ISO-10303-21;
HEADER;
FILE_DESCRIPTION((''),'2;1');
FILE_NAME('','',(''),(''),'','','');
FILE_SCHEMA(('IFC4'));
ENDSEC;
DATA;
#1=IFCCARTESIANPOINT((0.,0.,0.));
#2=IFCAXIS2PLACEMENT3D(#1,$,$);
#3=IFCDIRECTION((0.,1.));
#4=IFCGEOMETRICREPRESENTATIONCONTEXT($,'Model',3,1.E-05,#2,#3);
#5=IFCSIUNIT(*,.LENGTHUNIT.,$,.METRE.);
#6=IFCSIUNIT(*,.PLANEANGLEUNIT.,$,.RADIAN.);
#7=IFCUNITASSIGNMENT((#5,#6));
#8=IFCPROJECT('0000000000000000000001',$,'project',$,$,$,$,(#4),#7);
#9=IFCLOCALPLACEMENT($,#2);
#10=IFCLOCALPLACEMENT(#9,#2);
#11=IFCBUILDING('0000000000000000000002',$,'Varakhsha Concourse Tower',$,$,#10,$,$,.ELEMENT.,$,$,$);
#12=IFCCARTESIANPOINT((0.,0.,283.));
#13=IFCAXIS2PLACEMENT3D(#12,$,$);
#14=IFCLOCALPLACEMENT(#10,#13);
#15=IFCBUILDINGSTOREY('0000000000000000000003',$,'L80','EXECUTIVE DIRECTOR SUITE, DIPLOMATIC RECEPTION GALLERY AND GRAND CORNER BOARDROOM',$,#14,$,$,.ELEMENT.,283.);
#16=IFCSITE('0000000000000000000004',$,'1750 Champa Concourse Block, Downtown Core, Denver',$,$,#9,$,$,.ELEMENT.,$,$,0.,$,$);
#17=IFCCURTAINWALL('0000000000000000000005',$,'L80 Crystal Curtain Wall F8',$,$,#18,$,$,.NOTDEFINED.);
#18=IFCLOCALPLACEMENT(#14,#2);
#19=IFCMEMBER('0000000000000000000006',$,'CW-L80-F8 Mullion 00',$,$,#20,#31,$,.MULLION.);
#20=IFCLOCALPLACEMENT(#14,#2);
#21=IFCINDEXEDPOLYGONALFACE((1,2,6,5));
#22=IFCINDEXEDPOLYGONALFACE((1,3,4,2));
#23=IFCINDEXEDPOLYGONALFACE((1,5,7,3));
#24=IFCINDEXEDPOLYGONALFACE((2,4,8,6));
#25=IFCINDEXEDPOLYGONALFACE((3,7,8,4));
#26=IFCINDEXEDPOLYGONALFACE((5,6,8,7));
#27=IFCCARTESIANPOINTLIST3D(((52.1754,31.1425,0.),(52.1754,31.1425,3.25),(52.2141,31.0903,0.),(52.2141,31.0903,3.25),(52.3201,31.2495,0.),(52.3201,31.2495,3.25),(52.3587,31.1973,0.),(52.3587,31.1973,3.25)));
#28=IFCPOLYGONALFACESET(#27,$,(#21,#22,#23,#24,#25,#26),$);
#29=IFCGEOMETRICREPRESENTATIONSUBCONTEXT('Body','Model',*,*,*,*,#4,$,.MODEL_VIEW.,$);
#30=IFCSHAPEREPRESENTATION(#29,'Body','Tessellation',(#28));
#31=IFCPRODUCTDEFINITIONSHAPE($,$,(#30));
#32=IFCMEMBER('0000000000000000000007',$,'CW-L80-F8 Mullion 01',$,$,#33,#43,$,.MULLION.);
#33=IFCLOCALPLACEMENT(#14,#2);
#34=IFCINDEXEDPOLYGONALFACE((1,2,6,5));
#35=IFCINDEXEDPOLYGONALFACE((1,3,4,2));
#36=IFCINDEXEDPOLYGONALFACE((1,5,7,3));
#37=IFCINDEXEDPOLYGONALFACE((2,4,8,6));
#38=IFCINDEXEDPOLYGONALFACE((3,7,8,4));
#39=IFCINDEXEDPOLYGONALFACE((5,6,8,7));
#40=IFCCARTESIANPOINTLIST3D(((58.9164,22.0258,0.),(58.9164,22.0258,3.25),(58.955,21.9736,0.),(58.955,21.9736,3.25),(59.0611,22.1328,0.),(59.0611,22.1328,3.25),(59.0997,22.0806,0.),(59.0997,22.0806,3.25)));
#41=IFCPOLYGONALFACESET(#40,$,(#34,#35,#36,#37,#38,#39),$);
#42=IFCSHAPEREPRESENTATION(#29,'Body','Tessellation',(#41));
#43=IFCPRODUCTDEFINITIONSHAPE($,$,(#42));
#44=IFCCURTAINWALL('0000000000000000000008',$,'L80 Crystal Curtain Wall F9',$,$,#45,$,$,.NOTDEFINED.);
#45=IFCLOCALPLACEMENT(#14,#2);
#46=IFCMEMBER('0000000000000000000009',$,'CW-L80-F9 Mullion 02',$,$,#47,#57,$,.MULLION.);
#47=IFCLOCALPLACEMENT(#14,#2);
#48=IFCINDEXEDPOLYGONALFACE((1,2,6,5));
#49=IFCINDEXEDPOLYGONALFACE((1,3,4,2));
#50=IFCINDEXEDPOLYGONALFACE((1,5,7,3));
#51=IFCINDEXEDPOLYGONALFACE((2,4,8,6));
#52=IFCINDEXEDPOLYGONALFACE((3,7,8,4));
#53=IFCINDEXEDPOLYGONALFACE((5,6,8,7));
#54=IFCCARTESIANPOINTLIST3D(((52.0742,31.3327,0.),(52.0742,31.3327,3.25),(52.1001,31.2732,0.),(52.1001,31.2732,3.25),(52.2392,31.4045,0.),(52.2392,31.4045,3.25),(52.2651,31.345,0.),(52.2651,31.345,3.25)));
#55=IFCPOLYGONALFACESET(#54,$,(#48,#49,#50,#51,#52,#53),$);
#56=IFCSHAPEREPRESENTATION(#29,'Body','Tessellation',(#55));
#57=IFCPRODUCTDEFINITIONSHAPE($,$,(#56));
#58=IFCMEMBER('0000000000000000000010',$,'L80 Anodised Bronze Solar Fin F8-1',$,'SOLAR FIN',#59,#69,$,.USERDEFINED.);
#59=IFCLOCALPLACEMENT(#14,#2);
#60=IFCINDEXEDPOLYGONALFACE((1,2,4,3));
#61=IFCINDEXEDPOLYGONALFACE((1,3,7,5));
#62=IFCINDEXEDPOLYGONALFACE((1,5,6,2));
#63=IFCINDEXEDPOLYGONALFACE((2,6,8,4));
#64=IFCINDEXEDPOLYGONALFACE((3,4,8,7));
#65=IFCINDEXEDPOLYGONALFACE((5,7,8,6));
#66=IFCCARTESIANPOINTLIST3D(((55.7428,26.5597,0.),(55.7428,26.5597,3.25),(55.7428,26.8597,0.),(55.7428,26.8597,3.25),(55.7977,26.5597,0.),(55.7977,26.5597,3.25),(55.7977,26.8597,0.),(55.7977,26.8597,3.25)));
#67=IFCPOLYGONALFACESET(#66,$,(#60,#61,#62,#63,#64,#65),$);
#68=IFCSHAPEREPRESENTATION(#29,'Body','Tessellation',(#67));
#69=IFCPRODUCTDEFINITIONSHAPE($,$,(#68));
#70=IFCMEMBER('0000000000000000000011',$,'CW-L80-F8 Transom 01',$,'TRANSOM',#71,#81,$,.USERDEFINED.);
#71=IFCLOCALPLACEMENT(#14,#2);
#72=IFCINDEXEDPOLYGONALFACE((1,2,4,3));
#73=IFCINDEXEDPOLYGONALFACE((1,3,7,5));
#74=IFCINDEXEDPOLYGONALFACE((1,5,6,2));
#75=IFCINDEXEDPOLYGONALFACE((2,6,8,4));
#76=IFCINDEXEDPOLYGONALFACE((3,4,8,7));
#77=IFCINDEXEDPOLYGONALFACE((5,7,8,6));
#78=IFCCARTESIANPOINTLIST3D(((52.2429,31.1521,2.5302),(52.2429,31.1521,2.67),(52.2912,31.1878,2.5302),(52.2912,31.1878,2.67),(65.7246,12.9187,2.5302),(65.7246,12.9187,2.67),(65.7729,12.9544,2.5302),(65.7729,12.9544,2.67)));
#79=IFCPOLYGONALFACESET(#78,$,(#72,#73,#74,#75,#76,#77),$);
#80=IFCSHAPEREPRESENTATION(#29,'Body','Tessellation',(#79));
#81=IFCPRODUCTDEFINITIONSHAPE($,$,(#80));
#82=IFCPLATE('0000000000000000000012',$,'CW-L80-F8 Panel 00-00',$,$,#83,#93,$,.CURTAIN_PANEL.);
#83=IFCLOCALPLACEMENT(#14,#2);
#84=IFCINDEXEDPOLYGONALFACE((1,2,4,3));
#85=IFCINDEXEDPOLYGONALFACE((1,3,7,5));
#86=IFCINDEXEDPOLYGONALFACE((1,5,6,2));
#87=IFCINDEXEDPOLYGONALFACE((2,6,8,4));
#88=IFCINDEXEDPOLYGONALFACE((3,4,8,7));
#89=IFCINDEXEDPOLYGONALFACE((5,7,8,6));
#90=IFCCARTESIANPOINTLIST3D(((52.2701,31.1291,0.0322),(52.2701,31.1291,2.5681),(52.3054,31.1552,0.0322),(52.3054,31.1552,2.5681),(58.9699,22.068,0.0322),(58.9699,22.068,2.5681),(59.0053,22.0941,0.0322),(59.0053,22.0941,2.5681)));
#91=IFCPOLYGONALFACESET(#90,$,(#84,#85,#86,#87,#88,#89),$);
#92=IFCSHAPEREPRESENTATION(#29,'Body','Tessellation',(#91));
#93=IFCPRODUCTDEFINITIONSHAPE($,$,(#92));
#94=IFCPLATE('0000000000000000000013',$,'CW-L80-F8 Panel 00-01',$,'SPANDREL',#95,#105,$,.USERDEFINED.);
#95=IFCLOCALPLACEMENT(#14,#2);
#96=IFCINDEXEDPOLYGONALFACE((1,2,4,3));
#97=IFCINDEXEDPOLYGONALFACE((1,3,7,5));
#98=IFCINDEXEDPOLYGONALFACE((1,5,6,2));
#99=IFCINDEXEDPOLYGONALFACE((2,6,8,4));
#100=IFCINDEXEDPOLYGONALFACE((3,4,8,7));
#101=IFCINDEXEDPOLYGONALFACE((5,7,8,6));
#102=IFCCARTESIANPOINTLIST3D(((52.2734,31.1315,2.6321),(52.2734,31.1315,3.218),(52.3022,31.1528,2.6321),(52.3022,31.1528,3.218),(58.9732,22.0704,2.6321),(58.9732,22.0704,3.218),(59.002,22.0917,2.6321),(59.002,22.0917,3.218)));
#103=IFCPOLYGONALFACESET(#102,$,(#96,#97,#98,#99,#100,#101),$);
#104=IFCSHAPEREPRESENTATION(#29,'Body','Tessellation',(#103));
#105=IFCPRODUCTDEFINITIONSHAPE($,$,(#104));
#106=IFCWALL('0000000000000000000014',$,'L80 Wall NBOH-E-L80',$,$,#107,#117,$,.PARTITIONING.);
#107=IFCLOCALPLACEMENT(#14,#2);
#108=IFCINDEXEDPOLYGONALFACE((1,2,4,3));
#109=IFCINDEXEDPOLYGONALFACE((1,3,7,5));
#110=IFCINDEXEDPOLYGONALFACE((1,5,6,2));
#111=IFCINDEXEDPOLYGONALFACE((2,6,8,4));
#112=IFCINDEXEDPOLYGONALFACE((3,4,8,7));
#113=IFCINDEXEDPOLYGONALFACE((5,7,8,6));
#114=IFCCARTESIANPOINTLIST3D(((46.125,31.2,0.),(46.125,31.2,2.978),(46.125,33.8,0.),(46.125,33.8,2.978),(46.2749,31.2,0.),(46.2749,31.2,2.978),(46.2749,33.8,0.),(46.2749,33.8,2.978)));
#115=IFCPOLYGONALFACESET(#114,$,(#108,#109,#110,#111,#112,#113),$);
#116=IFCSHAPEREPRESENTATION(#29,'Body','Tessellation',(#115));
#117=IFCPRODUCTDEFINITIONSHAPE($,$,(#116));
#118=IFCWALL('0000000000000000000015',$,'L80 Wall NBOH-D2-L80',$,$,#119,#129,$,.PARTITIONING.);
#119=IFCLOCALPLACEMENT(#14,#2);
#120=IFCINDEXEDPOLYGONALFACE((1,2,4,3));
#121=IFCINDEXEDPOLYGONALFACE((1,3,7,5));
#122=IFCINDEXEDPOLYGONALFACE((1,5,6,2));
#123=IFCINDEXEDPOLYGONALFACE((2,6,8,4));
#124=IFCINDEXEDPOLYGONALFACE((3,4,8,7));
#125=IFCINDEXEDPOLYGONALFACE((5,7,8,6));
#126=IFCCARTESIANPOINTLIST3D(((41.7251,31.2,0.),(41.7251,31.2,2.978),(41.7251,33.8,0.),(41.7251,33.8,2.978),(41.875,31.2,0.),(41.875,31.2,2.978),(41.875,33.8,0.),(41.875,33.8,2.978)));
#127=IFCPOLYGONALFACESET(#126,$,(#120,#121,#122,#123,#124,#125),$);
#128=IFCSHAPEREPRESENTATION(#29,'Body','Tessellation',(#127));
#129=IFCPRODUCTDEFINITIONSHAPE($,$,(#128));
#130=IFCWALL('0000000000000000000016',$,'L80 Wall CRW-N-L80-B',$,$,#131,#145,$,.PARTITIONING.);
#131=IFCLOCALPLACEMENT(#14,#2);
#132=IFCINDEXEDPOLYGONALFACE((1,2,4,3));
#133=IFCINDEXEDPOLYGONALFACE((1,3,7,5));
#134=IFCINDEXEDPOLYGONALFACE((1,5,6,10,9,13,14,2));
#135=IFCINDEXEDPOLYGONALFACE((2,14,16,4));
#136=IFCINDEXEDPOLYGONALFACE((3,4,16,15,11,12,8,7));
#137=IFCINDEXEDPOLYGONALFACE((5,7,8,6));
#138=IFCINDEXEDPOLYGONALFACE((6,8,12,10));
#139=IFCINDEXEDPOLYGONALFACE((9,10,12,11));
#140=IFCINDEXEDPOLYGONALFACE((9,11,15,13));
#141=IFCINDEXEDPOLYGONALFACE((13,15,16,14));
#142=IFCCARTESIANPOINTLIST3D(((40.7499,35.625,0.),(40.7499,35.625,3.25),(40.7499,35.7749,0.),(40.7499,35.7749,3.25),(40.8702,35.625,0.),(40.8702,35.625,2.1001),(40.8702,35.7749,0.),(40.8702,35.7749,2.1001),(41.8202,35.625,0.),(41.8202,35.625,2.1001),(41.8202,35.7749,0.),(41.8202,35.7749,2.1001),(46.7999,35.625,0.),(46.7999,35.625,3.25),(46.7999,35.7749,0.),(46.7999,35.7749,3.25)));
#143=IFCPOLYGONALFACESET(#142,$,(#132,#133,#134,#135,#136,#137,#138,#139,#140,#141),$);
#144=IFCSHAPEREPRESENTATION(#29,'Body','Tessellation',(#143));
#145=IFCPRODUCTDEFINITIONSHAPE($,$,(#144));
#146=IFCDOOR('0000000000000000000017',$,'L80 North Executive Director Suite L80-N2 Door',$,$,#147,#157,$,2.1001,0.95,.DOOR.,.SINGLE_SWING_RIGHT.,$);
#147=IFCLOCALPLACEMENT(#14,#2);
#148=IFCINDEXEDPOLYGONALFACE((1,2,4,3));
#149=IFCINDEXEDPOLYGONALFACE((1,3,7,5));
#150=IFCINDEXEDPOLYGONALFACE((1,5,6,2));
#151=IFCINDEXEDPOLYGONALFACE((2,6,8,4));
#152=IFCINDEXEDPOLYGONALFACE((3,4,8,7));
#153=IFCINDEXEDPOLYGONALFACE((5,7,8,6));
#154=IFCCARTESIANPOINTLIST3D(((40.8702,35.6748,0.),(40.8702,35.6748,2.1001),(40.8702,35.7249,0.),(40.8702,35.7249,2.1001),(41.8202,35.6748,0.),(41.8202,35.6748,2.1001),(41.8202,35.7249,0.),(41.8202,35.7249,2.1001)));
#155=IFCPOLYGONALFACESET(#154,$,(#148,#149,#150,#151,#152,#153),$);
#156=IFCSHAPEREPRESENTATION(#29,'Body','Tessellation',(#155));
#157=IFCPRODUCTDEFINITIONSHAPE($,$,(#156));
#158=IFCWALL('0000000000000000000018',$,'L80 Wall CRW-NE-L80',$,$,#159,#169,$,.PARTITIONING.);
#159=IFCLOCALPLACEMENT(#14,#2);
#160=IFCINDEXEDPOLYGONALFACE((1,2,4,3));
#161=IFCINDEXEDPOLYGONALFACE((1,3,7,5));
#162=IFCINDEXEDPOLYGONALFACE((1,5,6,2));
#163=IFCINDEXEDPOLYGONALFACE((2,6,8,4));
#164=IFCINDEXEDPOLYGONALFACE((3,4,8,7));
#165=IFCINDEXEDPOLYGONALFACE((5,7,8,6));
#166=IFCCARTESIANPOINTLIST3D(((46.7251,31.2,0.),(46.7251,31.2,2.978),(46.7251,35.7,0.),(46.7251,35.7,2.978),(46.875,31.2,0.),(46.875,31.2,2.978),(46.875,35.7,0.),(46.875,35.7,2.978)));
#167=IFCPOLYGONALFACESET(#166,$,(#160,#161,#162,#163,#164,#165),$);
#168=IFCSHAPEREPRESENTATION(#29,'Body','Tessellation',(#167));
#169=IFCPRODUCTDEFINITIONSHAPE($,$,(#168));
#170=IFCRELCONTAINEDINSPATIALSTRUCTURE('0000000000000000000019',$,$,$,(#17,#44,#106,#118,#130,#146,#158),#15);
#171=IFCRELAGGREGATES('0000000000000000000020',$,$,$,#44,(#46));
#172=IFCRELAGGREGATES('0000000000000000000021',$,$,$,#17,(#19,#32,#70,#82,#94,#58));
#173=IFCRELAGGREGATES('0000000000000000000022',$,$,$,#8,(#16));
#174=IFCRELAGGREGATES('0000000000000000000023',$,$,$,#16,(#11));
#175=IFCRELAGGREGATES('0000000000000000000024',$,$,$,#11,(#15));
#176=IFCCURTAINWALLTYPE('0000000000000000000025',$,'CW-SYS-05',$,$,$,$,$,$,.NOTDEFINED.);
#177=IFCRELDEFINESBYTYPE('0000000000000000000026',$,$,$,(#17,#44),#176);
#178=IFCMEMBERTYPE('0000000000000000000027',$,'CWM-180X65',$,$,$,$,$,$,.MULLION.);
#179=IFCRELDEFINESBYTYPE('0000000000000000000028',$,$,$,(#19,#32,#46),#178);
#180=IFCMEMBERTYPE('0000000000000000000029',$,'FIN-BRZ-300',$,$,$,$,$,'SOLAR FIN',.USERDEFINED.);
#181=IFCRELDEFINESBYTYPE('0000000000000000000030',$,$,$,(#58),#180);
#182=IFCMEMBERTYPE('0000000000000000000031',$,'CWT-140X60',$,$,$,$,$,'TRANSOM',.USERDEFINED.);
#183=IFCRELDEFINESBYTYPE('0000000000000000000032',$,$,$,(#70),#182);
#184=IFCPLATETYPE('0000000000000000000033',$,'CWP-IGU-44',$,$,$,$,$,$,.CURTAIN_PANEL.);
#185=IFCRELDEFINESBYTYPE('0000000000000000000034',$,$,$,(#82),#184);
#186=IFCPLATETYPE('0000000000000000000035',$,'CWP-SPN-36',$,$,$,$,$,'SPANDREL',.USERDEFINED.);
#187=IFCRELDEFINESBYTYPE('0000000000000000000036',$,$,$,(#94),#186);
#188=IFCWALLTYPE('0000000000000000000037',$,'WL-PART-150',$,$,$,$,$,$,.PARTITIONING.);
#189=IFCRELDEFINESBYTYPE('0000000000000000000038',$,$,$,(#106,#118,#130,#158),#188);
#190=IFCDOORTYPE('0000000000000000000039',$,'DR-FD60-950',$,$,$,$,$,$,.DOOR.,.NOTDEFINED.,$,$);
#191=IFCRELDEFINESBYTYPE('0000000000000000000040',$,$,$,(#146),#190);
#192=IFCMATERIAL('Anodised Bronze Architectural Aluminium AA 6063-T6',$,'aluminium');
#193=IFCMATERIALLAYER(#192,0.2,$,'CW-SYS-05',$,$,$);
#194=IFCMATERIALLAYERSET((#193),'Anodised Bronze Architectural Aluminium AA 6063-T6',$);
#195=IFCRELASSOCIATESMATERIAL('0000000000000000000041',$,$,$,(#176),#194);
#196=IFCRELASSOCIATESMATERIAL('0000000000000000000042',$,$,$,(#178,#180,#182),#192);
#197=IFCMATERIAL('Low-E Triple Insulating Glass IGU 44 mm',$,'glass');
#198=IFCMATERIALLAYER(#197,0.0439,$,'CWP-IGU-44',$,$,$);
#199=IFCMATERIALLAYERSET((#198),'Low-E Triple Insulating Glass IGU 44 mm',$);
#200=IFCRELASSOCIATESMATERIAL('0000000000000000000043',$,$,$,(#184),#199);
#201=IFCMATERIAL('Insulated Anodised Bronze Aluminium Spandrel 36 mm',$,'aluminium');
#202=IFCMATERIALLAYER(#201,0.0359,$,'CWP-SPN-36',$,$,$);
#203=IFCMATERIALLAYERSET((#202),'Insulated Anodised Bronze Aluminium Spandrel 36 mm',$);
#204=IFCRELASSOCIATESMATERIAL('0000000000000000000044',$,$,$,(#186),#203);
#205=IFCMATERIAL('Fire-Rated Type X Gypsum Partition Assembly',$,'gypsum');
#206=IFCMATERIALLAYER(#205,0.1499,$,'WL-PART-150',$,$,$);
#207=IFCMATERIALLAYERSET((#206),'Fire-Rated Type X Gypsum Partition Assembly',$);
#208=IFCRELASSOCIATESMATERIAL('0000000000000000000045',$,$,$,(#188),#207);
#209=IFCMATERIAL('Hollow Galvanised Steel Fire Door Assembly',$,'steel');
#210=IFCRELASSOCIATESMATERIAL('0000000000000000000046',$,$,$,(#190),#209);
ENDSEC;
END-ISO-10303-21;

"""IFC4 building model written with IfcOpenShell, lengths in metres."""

from ifc_helpers import new_model, si_unit, direction, frame, frame_2d, origin, origin_2d, place, context, subcontext, project, spatial, rectangle, extrude, source, transform, mapped, material, layer, layer_set, material_profile, profile_set, type_object, type_shapes, element, fill, aggregate, save


model = new_model("IFC4")

# Units and contexts
model_context = context("Model", 3, precision=1e-05, world=origin(), true_north=direction((0.0, 1.0)))
body_context = subcontext(model_context, "Body", "Model", "MODEL_VIEW")
ifc_project = project(units=[si_unit("LENGTHUNIT", "METRE"), si_unit("PLANEANGLEUNIT", "RADIAN")], contexts=[model_context])

# Site, building, storey
site_placement = place(None, origin())
site = spatial("IfcSite", under=ifc_project, at=site_placement, Name="1750 Champa Concourse Block, Downtown Core, Denver", CompositionType="ELEMENT", RefElevation=0.0)
building_placement = place(site_placement, origin())
building = spatial("IfcBuilding", under=site, at=building_placement, Name="Varakhsha Concourse Tower", CompositionType="ELEMENT")
storey_placement = place(building_placement, frame((0.0, 0.0, 283.0)))
storey = spatial("IfcBuildingStorey", under=building, at=storey_placement, Name="L80", Description="EXECUTIVE DIRECTOR SUITE, DIPLOMATIC RECEPTION GALLERY AND GRAND CORNER BOARDROOM", CompositionType="ELEMENT", Elevation=283.0)

# Curtain wall, members
ifc_material_1 = material(Name="Anodised Bronze Architectural Aluminium AA 6063-T6", Category="aluminium")
ifc_layer_1 = layer(ifc_material_1, 0.2, Name="CW-SYS-05")
ifc_layer_set_1 = layer_set([ifc_layer_1], Name="Anodised Bronze Architectural Aluminium AA 6063-T6")
curtain_wall_type = type_object("IfcCurtainWallType", Name="CW-SYS-05", PredefinedType="NOTDEFINED", material=ifc_layer_set_1)
curtain_wall_1_placement = place(storey_placement, origin())
curtain_wall_1 = element("IfcCurtainWall", 1, at=curtain_wall_1_placement, inside=storey, type_object=curtain_wall_type, Name="L80 Crystal Curtain Wall F8", PredefinedType="NOTDEFINED")
ifc_material_profile_1 = material_profile(ifc_material_1, rectangle(XDim=0.0649, YDim=0.1799, at=origin_2d()), Name="CWM-180X65")
ifc_profile_set_1 = profile_set([ifc_material_profile_1], Name="Anodised Bronze Architectural Aluminium AA 6063-T6")
member_type_1 = type_object("IfcMemberType", Name="CWM-180X65", PredefinedType="MULLION", material=ifc_profile_set_1)
shared_shape_1 = source(origin(), body_context, "Body", "SweptSolid", [
    extrude(rectangle(XDim=0.0649, YDim=0.1799, at=origin_2d()), origin(), (0.0, 0.0, 1.0), 3.25),
])
type_shapes(member_type_1, [shared_shape_1])
member_1_placement = place(storey_placement, frame((52.2671, 31.1699, 0.0), z_axis=(0.0, 0.0, 1.0), x_axis=(0.594534, -0.804071, 0.0)))
member_1 = element("IfcMember", 2, at=member_1_placement, type_object=member_type_1, Name="CW-L80-F8 Mullion 00", PredefinedType="MULLION", context=body_context, shape_type="MappedRepresentation", body=[
    mapped(shared_shape_1, transform((0.0, 0.0, 0.0), scale=1.0)),
])
member_2_placement = place(storey_placement, frame((59.0081, 22.0532, 0.0), z_axis=(0.0, 0.0, 1.0), x_axis=(0.594534, -0.804071, 0.0)))
member_2 = element("IfcMember", 3, at=member_2_placement, type_object=member_type_1, Name="CW-L80-F8 Mullion 01", PredefinedType="MULLION", context=body_context, shape_type="MappedRepresentation", body=[
    mapped(shared_shape_1, transform((0.0, 0.0, 0.0), scale=1.0)),
])

# Curtain wall, member
curtain_wall_2_placement = place(storey_placement, origin())
curtain_wall_2 = element("IfcCurtainWall", 4, at=curtain_wall_2_placement, inside=storey, type_object=curtain_wall_type, Name="L80 Crystal Curtain Wall F9", PredefinedType="NOTDEFINED")
member_3_placement = place(storey_placement, frame((52.1697, 31.3389, 0.0), z_axis=(0.0, 0.0, 1.0), x_axis=(0.399084, -0.916915, 0.0)))
member_3 = element("IfcMember", 5, at=member_3_placement, type_object=member_type_1, Name="CW-L80-F9 Mullion 02", PredefinedType="MULLION", context=body_context, shape_type="MappedRepresentation", body=[
    mapped(shared_shape_1, transform((0.0, 0.0, 0.0), scale=1.0)),
])
aggregate(curtain_wall_2, [member_3])

# Members
ifc_material_profile_2 = material_profile(ifc_material_1, rectangle(XDim=0.0549, YDim=0.3, at=origin_2d()), Name="FIN-BRZ-300")
ifc_profile_set_2 = profile_set([ifc_material_profile_2], Name="Anodised Bronze Architectural Aluminium AA 6063-T6")
member_type_2 = type_object("IfcMemberType", Name="FIN-BRZ-300", ElementType="SOLAR FIN", PredefinedType="USERDEFINED", material=ifc_profile_set_2)
shared_shape_2 = source(origin(), body_context, "Body", "SweptSolid", [
    extrude(rectangle(XDim=0.0549, YDim=0.3, at=origin_2d()), origin(), (0.0, 0.0, 1.0), 3.25),
])
type_shapes(member_type_2, [shared_shape_2])
member_4_placement = place(storey_placement, frame((55.7703, 26.7097, 0.0), z_axis=(0.0, 0.0, 1.0), x_axis=(1.0, 0.0, 0.0)))
member_4 = element("IfcMember", 6, at=member_4_placement, type_object=member_type_2, Name="L80 Anodised Bronze Solar Fin F8-1", ObjectType="SOLAR FIN", PredefinedType="USERDEFINED", context=body_context, shape_type="MappedRepresentation", body=[
    mapped(shared_shape_2, transform((0.0, 0.0, 0.0), scale=1.0)),
])
ifc_material_profile_3 = material_profile(ifc_material_1, rectangle(XDim=0.0601, YDim=0.1399, at=origin_2d()), Name="CWT-140X60")
ifc_profile_set_3 = profile_set([ifc_material_profile_3], Name="Anodised Bronze Architectural Aluminium AA 6063-T6")
member_type_3 = type_object("IfcMemberType", Name="CWT-140X60", ElementType="TRANSOM", PredefinedType="USERDEFINED", material=ifc_profile_set_3)
shared_shape_3 = source(origin(), body_context, "Body", "SweptSolid", [
    extrude(rectangle(XDim=0.0601, YDim=0.1399, at=origin_2d()), origin(), (0.0, 0.0, 1.0), 22.6763),
])
type_shapes(member_type_3, [shared_shape_3])
member_5_placement = place(storey_placement, frame((52.2671, 31.1699, 2.6001), z_axis=(0.594529, -0.804074, 0.0), x_axis=(0.804074, 0.594529, 0.0)))
member_5 = element("IfcMember", 7, at=member_5_placement, type_object=member_type_3, Name="CW-L80-F8 Transom 01", ObjectType="TRANSOM", PredefinedType="USERDEFINED", context=body_context, shape_type="MappedRepresentation", body=[
    mapped(shared_shape_3, transform((0.0, 0.0, 0.0), scale=1.0)),
])

# Plates
ifc_material_2 = material(Name="Low-E Triple Insulating Glass IGU 44 mm", Category="glass")
ifc_layer_2 = layer(ifc_material_2, 0.0439, Name="CWP-IGU-44")
ifc_layer_set_2 = layer_set([ifc_layer_2], Name="Low-E Triple Insulating Glass IGU 44 mm")
plate_type_1 = type_object("IfcPlateType", Name="CWP-IGU-44", PredefinedType="CURTAIN_PANEL", material=ifc_layer_set_2)
shared_shape_4 = source(origin(), body_context, "Body", "SweptSolid", [
    extrude(rectangle(XDim=11.269, YDim=0.0439, at=origin_2d()), origin(), (0.0, 0.0, 1.0), 2.5359),
])
type_shapes(plate_type_1, [shared_shape_4])
plate_1_placement = place(storey_placement, frame((55.6377, 26.6116, 0.0322), z_axis=(0.0, 0.0, 1.0), x_axis=(0.594534, -0.804071, 0.0)))
plate_1 = element("IfcPlate", 8, at=plate_1_placement, type_object=plate_type_1, Name="CW-L80-F8 Panel 00-00", PredefinedType="CURTAIN_PANEL", context=body_context, shape_type="MappedRepresentation", body=[
    mapped(shared_shape_4, transform((0.0, 0.0, 0.0), scale=1.0)),
])
ifc_material_3 = material(Name="Insulated Anodised Bronze Aluminium Spandrel 36 mm", Category="aluminium")
ifc_layer_3 = layer(ifc_material_3, 0.0359, Name="CWP-SPN-36")
ifc_layer_set_3 = layer_set([ifc_layer_3], Name="Insulated Anodised Bronze Aluminium Spandrel 36 mm")
plate_type_2 = type_object("IfcPlateType", Name="CWP-SPN-36", ElementType="SPANDREL", PredefinedType="USERDEFINED", material=ifc_layer_set_3)
shared_shape_5 = source(origin(), body_context, "Body", "SweptSolid", [
    extrude(rectangle(XDim=11.269, YDim=0.0359, at=origin_2d()), origin(), (0.0, 0.0, 1.0), 0.5859),
])
type_shapes(plate_type_2, [shared_shape_5])
plate_2_placement = place(storey_placement, frame((55.6377, 26.6116, 2.6321), z_axis=(0.0, 0.0, 1.0), x_axis=(0.594534, -0.804071, 0.0)))
plate_2 = element("IfcPlate", 9, at=plate_2_placement, type_object=plate_type_2, Name="CW-L80-F8 Panel 00-01", ObjectType="SPANDREL", PredefinedType="USERDEFINED", context=body_context, shape_type="MappedRepresentation", body=[
    mapped(shared_shape_5, transform((0.0, 0.0, 0.0), scale=1.0)),
])
aggregate(curtain_wall_1, [member_1, member_2, member_5, plate_1, plate_2, member_4])

# Walls
ifc_material_4 = material(Name="Fire-Rated Type X Gypsum Partition Assembly", Category="gypsum")
ifc_layer_4 = layer(ifc_material_4, 0.1499, Name="WL-PART-150")
ifc_layer_set_4 = layer_set([ifc_layer_4], Name="Fire-Rated Type X Gypsum Partition Assembly")
wall_type_1 = type_object("IfcWallType", Name="WL-PART-150", PredefinedType="PARTITIONING", material=ifc_layer_set_4)
for number, where, z_axis, x_axis, name in (
    (10, (46.2, 31.2, 0.0), (0.0, 0.0, 1.0), (0.0, 1.0, 0.0), "L80 Wall NBOH-E-L80"),
    (11, (41.8, 31.2, 0.0), (0.0, 0.0, 1.0), (0.0, 1.0, 0.0), "L80 Wall NBOH-D2-L80"),
):
    element("IfcWall", number, at=place(storey_placement, frame(where, z_axis=z_axis, x_axis=x_axis)), inside=storey, type_object=wall_type_1, Name=name, PredefinedType="PARTITIONING", context=body_context, shape_type="SweptSolid", body=[
        extrude(rectangle(XDim=2.6001, YDim=0.1499, at=frame_2d((1.3, 0.0))), origin(), (0.0, 0.0, 1.0), 2.978),
    ])

# Wall, opening, door
wall_1_placement = place(storey_placement, frame((40.75, 35.7, 0.0), z_axis=(0.0, 0.0, 1.0), x_axis=(1.0, 0.0, 0.0)))
wall_1 = element("IfcWall", 12, at=wall_1_placement, inside=storey, type_object=wall_type_1, Name="L80 Wall CRW-N-L80-B", PredefinedType="PARTITIONING", context=body_context, shape_type="SweptSolid", body=[
    extrude(rectangle(XDim=6.05, YDim=0.1499, at=frame_2d((3.0249, 0.0))), origin(), (0.0, 0.0, 1.0), 3.25),
])
opening_1_placement = place(wall_1_placement, frame((0.1201, 0.0, 0.0)))
opening_1 = element("IfcOpeningElement", 13, at=opening_1_placement, cuts=wall_1, PredefinedType="OPENING", context=body_context, shape_type="SweptSolid", body=[
    extrude(rectangle(XDim=0.95, YDim=2.1001, at=frame_2d((0.4751, 1.05))), frame((0.0, 0.085, 0.0), z_axis=(0.0, -1.0, 0.0), x_axis=(1.0, 0.0, 0.0)), (0.0, 0.0, 1.0), 0.1699),
])
ifc_material_5 = material(Name="Hollow Galvanised Steel Fire Door Assembly", Category="steel")
door_type = type_object("IfcDoorType", Name="DR-FD60-950", OperationType="NOTDEFINED", PredefinedType="DOOR", material=ifc_material_5)
door_1_placement = place(opening_1_placement, origin())
door_1 = element("IfcDoor", 14, at=door_1_placement, inside=storey, type_object=door_type, Name="L80 North Executive Director Suite L80-N2 Door", OperationType="SINGLE_SWING_RIGHT", OverallHeight=2.1001, OverallWidth=0.95, PredefinedType="DOOR", context=body_context, shape_type="SweptSolid", body=[
    extrude(rectangle(XDim=0.95, YDim=2.1001, at=frame_2d((0.4751, 1.05))), frame((0.0, 0.0249, 0.0), z_axis=(0.0, -1.0, 0.0), x_axis=(1.0, 0.0, 0.0)), (0.0, 0.0, 1.0), 0.05),
])
fill(opening_1, door_1)

# Wall
wall_2_placement = place(storey_placement, frame((46.8, 31.2, 0.0), z_axis=(0.0, 0.0, 1.0), x_axis=(0.0, 1.0, 0.0)))
element("IfcWall", 15, at=wall_2_placement, inside=storey, type_object=wall_type_1, Name="L80 Wall CRW-NE-L80", PredefinedType="PARTITIONING", context=body_context, shape_type="SweptSolid", body=[
    extrude(rectangle(XDim=4.5, YDim=0.1499, at=frame_2d((2.25, 0.0))), origin(), (0.0, 0.0, 1.0), 2.978),
])

save(model, "model.ifc")
